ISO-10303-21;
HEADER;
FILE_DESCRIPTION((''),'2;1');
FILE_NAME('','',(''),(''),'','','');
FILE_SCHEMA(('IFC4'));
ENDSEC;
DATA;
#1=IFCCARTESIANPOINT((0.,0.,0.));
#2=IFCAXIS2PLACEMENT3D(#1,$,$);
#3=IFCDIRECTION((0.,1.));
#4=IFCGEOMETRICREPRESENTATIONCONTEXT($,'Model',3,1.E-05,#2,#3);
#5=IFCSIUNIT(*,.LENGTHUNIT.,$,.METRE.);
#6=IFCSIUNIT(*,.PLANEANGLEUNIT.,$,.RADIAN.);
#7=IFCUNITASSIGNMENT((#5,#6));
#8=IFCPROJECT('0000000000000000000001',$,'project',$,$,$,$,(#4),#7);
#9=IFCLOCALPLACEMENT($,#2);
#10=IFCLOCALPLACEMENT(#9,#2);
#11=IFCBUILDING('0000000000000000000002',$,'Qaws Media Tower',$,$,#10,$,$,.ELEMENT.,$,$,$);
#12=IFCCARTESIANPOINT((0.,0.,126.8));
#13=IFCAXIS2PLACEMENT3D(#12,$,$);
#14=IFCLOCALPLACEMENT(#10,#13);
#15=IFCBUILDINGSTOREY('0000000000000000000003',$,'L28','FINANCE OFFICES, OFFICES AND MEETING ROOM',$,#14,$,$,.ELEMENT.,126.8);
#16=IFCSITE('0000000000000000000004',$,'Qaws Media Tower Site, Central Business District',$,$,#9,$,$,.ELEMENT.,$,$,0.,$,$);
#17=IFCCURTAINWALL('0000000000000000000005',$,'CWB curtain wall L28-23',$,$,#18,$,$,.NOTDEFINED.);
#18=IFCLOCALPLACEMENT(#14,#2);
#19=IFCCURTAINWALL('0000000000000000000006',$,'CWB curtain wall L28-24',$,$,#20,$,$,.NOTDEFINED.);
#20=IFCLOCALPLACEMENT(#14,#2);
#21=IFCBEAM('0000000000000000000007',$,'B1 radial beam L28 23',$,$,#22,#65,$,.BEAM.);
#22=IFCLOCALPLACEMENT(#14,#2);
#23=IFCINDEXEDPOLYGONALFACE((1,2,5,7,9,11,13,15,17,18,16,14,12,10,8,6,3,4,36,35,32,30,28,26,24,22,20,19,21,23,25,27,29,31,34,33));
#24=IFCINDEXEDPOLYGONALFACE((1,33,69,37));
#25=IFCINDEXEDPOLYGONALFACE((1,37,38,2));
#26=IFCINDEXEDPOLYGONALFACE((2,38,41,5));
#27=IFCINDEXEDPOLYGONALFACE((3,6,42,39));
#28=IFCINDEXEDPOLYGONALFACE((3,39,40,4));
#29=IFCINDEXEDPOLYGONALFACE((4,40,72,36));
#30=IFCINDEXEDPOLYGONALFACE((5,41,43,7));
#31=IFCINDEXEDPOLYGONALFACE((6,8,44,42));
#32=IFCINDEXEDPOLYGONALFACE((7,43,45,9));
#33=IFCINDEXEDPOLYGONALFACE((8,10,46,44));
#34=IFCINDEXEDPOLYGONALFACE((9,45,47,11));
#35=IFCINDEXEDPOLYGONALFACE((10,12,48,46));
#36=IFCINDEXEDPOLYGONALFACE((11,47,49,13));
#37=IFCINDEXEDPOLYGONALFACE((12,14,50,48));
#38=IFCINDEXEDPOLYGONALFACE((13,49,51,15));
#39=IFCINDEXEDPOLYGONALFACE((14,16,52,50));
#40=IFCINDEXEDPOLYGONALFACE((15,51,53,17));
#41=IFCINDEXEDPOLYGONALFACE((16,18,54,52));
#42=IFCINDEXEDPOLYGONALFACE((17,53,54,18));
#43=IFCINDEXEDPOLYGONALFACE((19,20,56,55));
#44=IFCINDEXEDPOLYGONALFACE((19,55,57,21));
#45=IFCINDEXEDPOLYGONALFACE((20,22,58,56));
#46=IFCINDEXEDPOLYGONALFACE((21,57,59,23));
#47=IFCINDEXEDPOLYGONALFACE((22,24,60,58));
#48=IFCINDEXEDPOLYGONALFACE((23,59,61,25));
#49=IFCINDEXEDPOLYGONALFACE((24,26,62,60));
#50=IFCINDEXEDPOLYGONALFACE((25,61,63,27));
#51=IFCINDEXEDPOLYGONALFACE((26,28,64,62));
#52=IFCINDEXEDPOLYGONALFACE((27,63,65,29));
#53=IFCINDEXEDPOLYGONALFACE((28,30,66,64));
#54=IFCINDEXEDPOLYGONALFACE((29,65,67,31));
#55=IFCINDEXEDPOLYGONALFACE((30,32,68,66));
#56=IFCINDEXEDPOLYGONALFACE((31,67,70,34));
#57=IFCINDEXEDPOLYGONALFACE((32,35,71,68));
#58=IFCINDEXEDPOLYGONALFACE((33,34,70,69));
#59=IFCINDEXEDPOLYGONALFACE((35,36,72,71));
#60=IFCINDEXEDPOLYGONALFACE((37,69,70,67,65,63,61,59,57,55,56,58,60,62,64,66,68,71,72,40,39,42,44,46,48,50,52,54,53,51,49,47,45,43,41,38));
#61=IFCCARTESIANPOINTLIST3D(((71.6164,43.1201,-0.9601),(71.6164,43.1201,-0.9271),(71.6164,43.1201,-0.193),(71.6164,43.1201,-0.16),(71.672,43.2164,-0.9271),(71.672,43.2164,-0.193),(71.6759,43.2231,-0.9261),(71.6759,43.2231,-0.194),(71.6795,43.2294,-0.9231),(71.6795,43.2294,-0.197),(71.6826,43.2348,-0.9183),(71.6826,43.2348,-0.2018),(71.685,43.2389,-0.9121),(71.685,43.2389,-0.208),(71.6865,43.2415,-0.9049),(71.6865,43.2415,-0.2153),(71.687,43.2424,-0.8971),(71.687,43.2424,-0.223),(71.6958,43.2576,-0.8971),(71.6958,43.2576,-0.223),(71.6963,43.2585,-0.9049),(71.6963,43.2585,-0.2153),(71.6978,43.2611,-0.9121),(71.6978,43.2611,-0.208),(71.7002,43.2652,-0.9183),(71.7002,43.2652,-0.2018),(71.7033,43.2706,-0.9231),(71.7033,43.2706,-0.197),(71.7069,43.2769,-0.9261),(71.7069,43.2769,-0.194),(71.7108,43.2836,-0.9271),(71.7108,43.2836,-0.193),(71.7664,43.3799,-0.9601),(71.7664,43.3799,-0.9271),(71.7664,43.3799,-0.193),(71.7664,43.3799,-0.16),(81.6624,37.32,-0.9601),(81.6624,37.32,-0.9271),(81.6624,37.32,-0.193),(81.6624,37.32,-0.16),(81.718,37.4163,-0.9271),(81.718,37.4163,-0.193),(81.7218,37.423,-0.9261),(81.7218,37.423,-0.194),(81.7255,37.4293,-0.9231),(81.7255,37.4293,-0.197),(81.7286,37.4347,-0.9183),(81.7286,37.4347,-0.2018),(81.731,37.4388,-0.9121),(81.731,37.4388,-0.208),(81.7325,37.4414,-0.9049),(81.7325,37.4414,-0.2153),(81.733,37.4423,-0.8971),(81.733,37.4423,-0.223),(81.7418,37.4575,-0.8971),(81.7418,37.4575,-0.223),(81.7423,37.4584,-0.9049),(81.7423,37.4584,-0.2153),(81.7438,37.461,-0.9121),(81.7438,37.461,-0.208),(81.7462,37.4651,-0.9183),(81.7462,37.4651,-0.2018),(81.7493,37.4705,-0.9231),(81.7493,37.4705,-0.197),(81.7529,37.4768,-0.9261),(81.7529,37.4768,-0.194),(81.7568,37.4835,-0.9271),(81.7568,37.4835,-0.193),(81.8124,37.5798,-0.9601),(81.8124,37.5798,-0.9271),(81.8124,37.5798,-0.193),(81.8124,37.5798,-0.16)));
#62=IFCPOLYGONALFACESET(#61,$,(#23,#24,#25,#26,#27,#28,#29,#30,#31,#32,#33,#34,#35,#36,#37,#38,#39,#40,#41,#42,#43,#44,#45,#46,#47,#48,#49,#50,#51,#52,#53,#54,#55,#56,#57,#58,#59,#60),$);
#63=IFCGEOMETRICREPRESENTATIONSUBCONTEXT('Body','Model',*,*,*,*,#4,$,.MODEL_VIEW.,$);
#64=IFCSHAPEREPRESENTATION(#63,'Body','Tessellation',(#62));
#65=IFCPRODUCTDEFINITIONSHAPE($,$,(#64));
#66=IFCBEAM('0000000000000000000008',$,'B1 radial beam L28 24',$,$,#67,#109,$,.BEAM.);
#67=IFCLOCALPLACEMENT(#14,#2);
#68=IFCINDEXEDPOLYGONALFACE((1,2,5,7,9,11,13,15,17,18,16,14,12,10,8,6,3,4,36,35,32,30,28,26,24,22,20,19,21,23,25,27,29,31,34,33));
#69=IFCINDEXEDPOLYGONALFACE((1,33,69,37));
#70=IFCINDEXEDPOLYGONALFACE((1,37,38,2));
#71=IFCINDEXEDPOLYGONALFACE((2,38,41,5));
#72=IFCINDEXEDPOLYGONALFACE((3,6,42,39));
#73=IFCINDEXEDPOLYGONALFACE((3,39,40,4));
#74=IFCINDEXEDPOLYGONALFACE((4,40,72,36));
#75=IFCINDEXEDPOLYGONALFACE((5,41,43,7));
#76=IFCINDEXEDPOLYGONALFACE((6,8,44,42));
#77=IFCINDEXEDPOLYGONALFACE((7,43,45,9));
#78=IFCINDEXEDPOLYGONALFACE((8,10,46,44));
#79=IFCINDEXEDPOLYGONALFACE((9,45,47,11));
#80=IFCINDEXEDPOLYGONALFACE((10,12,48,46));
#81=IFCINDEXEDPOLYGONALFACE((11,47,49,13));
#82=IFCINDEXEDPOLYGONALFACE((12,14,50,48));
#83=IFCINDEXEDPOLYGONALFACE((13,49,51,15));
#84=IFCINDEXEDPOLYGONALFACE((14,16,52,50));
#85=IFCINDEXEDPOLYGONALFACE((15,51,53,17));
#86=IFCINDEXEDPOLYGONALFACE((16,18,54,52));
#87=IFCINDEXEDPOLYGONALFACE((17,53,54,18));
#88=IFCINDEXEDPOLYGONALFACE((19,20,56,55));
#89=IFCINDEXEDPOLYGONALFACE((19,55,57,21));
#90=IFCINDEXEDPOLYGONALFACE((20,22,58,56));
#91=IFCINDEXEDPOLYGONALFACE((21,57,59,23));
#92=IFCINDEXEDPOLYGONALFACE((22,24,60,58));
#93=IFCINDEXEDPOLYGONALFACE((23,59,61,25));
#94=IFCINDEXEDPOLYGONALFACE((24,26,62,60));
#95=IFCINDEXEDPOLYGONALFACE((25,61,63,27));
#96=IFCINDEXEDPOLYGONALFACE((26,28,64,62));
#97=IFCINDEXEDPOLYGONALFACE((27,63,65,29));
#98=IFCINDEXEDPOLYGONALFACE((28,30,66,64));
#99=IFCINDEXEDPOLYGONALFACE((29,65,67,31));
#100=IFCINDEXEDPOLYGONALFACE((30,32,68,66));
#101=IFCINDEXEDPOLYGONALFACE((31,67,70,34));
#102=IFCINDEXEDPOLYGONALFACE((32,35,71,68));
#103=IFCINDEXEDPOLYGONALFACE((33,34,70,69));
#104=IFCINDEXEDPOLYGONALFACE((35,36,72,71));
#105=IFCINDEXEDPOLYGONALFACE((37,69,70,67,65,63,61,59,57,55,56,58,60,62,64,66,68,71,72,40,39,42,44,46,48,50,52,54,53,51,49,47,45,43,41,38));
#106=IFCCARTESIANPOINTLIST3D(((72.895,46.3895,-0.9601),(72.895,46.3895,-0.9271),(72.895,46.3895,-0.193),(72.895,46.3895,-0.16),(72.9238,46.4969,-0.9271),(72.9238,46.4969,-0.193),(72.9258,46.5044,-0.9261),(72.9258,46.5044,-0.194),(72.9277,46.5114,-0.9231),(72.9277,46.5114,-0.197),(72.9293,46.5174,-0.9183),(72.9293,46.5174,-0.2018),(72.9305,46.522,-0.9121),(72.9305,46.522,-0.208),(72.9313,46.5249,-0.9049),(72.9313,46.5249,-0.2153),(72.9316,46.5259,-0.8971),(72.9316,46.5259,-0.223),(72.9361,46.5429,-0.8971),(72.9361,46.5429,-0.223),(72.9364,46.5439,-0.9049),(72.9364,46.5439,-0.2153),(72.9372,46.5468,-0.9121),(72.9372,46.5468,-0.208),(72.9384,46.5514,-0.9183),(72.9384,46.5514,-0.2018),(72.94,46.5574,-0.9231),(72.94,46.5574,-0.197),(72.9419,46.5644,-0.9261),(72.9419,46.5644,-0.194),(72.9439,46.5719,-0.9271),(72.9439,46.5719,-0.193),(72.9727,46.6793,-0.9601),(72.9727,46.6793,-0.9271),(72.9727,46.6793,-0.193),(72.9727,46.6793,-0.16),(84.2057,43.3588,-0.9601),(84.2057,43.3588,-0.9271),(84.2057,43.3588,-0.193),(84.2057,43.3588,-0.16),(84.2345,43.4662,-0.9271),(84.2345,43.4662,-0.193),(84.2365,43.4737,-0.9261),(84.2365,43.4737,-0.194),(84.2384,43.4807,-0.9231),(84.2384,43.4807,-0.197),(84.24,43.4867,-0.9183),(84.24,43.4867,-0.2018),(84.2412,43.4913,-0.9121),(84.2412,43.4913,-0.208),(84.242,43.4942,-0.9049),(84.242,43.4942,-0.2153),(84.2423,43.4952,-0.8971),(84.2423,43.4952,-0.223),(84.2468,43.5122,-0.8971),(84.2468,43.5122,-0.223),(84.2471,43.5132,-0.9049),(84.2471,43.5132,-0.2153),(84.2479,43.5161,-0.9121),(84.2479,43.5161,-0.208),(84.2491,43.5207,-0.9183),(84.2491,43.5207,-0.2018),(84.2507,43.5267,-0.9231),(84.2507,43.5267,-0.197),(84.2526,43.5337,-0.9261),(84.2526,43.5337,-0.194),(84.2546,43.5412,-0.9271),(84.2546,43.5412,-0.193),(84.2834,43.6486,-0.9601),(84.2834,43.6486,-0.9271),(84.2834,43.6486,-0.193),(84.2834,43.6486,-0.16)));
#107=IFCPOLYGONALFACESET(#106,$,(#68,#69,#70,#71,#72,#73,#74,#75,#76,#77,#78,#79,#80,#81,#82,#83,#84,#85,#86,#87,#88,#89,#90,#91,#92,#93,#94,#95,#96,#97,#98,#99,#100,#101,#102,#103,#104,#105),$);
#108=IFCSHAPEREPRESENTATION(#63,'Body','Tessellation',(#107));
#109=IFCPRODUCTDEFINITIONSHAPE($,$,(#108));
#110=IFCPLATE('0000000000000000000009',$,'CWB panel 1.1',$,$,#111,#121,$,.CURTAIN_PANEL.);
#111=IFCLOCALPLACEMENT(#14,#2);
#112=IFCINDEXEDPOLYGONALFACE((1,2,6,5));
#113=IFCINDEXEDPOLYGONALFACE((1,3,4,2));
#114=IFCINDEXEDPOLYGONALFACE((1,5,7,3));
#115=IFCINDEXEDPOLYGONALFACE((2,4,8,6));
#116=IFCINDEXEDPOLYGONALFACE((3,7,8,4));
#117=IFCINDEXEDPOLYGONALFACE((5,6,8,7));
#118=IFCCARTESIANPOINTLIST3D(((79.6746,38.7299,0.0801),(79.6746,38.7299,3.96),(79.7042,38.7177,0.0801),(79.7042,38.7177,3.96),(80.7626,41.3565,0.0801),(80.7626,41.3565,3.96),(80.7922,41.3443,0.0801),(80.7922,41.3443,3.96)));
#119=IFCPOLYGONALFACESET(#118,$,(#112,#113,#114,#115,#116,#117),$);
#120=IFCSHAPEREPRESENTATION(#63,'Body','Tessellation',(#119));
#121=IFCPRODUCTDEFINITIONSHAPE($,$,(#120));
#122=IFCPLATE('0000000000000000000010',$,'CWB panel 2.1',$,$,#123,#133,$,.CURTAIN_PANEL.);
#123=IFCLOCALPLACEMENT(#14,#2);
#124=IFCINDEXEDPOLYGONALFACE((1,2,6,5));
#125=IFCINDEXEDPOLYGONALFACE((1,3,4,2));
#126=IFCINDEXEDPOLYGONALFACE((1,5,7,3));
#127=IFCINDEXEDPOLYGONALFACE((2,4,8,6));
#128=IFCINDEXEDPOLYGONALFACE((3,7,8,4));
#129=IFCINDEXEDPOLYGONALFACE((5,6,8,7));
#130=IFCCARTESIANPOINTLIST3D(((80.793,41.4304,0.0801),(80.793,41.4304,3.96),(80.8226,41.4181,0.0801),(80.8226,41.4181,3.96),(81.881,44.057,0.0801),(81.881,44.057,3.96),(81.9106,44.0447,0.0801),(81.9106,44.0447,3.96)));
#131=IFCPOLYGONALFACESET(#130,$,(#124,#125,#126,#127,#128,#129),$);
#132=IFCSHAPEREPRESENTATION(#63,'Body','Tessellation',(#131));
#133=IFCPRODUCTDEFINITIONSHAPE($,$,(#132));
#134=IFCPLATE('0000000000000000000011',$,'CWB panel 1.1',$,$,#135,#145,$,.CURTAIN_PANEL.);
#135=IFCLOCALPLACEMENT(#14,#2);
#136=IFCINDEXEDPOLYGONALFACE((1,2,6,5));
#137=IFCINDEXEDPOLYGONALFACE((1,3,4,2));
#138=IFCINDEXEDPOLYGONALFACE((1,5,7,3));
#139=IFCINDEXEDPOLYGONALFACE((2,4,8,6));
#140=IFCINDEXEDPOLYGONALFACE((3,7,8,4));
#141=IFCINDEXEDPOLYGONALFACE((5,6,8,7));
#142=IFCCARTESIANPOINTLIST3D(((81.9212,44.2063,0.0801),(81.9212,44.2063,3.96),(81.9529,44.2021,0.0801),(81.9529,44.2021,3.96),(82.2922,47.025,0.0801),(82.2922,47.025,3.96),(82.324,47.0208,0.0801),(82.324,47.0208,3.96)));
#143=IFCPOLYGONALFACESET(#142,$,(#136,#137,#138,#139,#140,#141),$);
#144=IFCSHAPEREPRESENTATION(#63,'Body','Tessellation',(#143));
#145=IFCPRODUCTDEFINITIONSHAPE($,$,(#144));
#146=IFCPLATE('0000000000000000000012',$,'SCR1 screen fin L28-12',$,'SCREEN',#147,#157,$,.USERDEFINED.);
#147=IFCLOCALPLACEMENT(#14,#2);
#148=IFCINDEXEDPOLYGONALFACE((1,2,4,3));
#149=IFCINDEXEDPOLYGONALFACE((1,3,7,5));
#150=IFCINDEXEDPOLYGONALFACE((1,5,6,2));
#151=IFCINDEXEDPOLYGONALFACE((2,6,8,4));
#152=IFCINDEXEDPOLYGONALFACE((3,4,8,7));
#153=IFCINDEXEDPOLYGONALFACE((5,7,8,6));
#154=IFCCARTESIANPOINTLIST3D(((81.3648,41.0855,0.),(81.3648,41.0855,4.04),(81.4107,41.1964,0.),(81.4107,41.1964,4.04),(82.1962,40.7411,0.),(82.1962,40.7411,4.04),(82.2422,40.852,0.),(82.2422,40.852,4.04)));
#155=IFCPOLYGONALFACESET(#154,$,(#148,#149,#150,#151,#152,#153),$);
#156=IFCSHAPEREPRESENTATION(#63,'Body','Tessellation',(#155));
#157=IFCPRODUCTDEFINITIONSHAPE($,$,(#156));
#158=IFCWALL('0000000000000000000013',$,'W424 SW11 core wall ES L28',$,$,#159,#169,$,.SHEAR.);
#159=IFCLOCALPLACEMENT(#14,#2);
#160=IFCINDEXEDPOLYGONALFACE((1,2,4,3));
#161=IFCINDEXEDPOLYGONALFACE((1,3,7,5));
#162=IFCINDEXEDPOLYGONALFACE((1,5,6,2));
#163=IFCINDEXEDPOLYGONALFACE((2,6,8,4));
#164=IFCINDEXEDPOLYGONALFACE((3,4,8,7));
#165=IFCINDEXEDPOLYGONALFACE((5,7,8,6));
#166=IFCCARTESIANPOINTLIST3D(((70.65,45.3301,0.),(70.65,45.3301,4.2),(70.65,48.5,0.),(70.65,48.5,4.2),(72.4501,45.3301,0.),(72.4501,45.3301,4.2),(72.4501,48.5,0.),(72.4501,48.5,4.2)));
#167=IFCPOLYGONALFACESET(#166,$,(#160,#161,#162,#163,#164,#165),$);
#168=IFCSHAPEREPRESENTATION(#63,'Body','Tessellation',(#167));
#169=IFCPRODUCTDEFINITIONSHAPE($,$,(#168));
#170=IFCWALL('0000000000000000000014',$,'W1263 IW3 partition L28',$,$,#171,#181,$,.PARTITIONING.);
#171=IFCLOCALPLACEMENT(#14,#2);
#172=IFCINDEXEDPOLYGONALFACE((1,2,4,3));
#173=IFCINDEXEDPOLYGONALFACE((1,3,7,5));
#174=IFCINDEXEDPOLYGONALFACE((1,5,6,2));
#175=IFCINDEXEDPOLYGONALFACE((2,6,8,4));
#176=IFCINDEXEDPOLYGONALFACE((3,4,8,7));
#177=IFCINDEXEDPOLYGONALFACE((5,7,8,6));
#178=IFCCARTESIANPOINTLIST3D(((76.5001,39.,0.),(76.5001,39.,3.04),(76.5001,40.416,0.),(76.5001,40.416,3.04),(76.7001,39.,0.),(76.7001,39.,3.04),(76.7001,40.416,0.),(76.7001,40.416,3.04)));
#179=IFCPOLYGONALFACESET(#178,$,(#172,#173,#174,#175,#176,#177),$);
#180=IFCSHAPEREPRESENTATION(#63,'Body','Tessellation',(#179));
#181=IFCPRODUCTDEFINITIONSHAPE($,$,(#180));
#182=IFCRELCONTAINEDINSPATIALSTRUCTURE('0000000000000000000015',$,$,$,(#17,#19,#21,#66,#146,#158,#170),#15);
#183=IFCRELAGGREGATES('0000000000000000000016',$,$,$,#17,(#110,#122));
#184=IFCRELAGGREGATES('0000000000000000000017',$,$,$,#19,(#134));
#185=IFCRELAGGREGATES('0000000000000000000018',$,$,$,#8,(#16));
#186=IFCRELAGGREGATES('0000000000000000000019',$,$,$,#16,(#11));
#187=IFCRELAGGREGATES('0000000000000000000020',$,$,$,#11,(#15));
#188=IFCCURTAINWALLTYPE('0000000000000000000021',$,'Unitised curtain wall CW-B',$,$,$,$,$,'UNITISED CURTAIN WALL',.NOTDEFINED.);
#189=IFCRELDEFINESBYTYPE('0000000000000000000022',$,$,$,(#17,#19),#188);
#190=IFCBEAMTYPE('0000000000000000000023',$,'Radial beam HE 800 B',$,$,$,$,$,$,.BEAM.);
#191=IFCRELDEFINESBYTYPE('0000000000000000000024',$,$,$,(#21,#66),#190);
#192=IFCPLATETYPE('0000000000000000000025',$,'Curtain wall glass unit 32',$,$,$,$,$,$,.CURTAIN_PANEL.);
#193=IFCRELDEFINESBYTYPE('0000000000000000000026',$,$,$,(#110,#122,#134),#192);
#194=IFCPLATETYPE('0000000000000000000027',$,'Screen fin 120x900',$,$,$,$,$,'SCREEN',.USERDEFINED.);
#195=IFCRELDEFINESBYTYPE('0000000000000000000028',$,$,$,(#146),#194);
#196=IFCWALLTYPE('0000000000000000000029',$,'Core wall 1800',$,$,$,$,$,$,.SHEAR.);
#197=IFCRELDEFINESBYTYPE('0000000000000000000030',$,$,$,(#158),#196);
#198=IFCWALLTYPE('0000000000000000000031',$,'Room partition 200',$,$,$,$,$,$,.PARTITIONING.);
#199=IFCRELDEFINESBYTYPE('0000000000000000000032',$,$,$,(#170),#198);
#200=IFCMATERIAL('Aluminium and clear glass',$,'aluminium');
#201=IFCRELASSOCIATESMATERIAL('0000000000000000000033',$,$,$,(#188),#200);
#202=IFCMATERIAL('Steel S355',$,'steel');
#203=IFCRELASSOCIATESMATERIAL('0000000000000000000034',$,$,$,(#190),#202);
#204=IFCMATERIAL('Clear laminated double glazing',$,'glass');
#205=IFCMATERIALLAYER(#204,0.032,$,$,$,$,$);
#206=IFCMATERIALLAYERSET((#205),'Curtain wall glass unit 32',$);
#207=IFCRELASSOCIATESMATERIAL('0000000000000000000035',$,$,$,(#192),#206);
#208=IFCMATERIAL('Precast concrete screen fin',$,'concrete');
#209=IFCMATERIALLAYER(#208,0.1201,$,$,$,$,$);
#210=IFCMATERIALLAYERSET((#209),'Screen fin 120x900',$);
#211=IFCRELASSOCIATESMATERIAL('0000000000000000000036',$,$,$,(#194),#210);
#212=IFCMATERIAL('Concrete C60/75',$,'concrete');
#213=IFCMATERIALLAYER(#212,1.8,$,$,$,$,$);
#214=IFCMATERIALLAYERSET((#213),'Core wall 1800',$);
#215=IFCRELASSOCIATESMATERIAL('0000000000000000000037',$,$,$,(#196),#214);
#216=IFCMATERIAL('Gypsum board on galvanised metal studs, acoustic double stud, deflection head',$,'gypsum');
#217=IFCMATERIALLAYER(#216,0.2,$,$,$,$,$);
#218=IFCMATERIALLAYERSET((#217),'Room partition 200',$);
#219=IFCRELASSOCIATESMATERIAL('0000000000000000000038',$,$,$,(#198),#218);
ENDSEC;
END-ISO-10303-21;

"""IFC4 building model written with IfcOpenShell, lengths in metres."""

from ifc_helpers import new_model, si_unit, direction, frame, frame_2d, origin, origin_2d, place, context, subcontext, project, spatial, rectangle, i_section, extrude, material, layer, layer_set, material_profile, profile_set, type_object, element, aggregate, save


model = new_model("IFC4")

# Units and contexts
model_context = context("Model", 3, precision=1e-05, world=origin(), true_north=direction((0.0, 1.0)))
body_context = subcontext(model_context, "Body", "Model", "MODEL_VIEW")
ifc_project = project(units=[si_unit("LENGTHUNIT", "METRE"), si_unit("PLANEANGLEUNIT", "RADIAN")], contexts=[model_context])

# Site, building, storey
site_placement = place(None, origin())
site = spatial("IfcSite", under=ifc_project, at=site_placement, Name="Qaws Media Tower Site, Central Business District", CompositionType="ELEMENT", RefElevation=0.0)
building_placement = place(site_placement, origin())
building = spatial("IfcBuilding", under=site, at=building_placement, Name="Qaws Media Tower", CompositionType="ELEMENT")
storey_placement = place(building_placement, frame((0.0, 0.0, 126.8)))
storey = spatial("IfcBuildingStorey", under=building, at=storey_placement, Name="L28", Description="FINANCE OFFICES, OFFICES AND MEETING ROOM", CompositionType="ELEMENT", Elevation=126.8)

# Curtain walls
ifc_material_1 = material(Name="Aluminium and clear glass", Category="aluminium")
curtain_wall_type = type_object("IfcCurtainWallType", Name="Unitised curtain wall CW-B", ElementType="UNITISED CURTAIN WALL", PredefinedType="NOTDEFINED", material=ifc_material_1)
curtain_wall_1_placement = place(storey_placement, origin())
curtain_wall_1 = element("IfcCurtainWall", 1, at=curtain_wall_1_placement, inside=storey, type_object=curtain_wall_type, Name="CWB curtain wall L28-23", PredefinedType="NOTDEFINED")
curtain_wall_2_placement = place(storey_placement, origin())
curtain_wall_2 = element("IfcCurtainWall", 2, at=curtain_wall_2_placement, inside=storey, type_object=curtain_wall_type, Name="CWB curtain wall L28-24", PredefinedType="NOTDEFINED")

# Beams
ifc_material_2 = material(Name="Steel S355", Category="steel")
ifc_material_profile_1 = material_profile(ifc_material_2, i_section(OverallWidth=0.3, OverallDepth=0.8, WebThickness=0.0176, FlangeThickness=0.033, FilletRadius=0.03, at=origin_2d()), Name="HE 800 B")
ifc_profile_set_1 = profile_set([ifc_material_profile_1], Name="Steel S355")
beam_type_1 = type_object("IfcBeamType", Name="Radial beam HE 800 B", PredefinedType="BEAM", material=ifc_profile_set_1)
beam_1_placement = place(storey_placement, frame((71.6914, 43.25, -0.5601), z_axis=(0.866024, -0.500003, 0.0), x_axis=(0.500003, 0.866024, 0.0)))
element("IfcBeam", 3, at=beam_1_placement, inside=storey, type_object=beam_type_1, Name="B1 radial beam L28 23", PredefinedType="BEAM", context=body_context, shape_type="SweptSolid", body=[
    extrude(i_section(OverallWidth=0.3, OverallDepth=0.8, WebThickness=0.0176, FlangeThickness=0.033, FilletRadius=0.03, at=origin_2d()), origin(), (0.0, 0.0, 1.0), 11.6001),
])
beam_2_placement = place(storey_placement, frame((72.9338, 46.5344, -0.5601), z_axis=(0.965925, -0.258823, 0.0), x_axis=(0.258823, 0.965925, 0.0)))
element("IfcBeam", 4, at=beam_2_placement, inside=storey, type_object=beam_type_1, Name="B1 radial beam L28 24", PredefinedType="BEAM", context=body_context, shape_type="SweptSolid", body=[
    extrude(i_section(OverallWidth=0.3, OverallDepth=0.8, WebThickness=0.0176, FlangeThickness=0.033, FilletRadius=0.03, at=origin_2d()), origin(), (0.0, 0.0, 1.0), 11.7097),
])

# Plates
ifc_material_3 = material(Name="Clear laminated double glazing", Category="glass")
ifc_layer_1 = layer(ifc_material_3, 0.032)
ifc_layer_set_1 = layer_set([ifc_layer_1], Name="Curtain wall glass unit 32")
plate_type_1 = type_object("IfcPlateType", Name="Curtain wall glass unit 32", PredefinedType="CURTAIN_PANEL", material=ifc_layer_set_1)
plate_1_placement = place(storey_placement, frame((80.2334, 40.0371, 0.0801), z_axis=(0.0, 0.0, 1.0), x_axis=(0.382683, 0.92388, 0.0)))
plate_1 = element("IfcPlate", 5, at=plate_1_placement, type_object=plate_type_1, Name="CWB panel 1.1", PredefinedType="CURTAIN_PANEL", context=body_context, shape_type="SweptSolid", body=[
    extrude(rectangle(XDim=2.843, YDim=0.032, at=origin_2d()), origin(), (0.0, 0.0, 1.0), 3.8799),
])
plate_2_placement = place(storey_placement, frame((81.3518, 42.7375, 0.0801), z_axis=(0.0, 0.0, 1.0), x_axis=(0.382683, 0.92388, 0.0)))
plate_2 = element("IfcPlate", 6, at=plate_2_placement, type_object=plate_type_1, Name="CWB panel 2.1", PredefinedType="CURTAIN_PANEL", context=body_context, shape_type="SweptSolid", body=[
    extrude(rectangle(XDim=2.843, YDim=0.032, at=origin_2d()), origin(), (0.0, 0.0, 1.0), 3.8799),
])
aggregate(curtain_wall_1, [plate_1, plate_2])
plate_3_placement = place(storey_placement, frame((82.1226, 45.6135, 0.0801), z_axis=(0.0, 0.0, 1.0), x_axis=(0.130526, 0.991445, 0.0)))
plate_3 = element("IfcPlate", 7, at=plate_3_placement, type_object=plate_type_1, Name="CWB panel 1.1", PredefinedType="CURTAIN_PANEL", context=body_context, shape_type="SweptSolid", body=[
    extrude(rectangle(XDim=2.843, YDim=0.032, at=origin_2d()), origin(), (0.0, 0.0, 1.0), 3.8799),
])
aggregate(curtain_wall_2, [plate_3])
ifc_material_4 = material(Name="Precast concrete screen fin", Category="concrete")
ifc_layer_2 = layer(ifc_material_4, 0.1201)
ifc_layer_set_2 = layer_set([ifc_layer_2], Name="Screen fin 120x900")
plate_type_2 = type_object("IfcPlateType", Name="Screen fin 120x900", ElementType="SCREEN", PredefinedType="USERDEFINED", material=ifc_layer_set_2)
plate_4_placement = place(storey_placement, frame((81.8035, 40.9688, 0.0), z_axis=(0.0, 0.0, 1.0), x_axis=(0.92388, -0.382683, 0.0)))
element("IfcPlate", 8, at=plate_4_placement, inside=storey, type_object=plate_type_2, Name="SCR1 screen fin L28-12", ObjectType="SCREEN", PredefinedType="USERDEFINED", context=body_context, shape_type="SweptSolid", body=[
    extrude(rectangle(XDim=0.8999, YDim=0.1201, at=origin_2d()), origin(), (0.0, 0.0, 1.0), 4.04),
])

# Walls
ifc_material_5 = material(Name="Concrete C60/75", Category="concrete")
ifc_layer_3 = layer(ifc_material_5, 1.8)
ifc_layer_set_3 = layer_set([ifc_layer_3], Name="Core wall 1800")
wall_type_1 = type_object("IfcWallType", Name="Core wall 1800", PredefinedType="SHEAR", material=ifc_layer_set_3)
wall_1_placement = place(storey_placement, frame((71.55, 45.3301, 0.0), z_axis=(0.0, 0.0, 1.0), x_axis=(0.0, 1.0, 0.0)))
element("IfcWall", 9, at=wall_1_placement, inside=storey, type_object=wall_type_1, Name="W424 SW11 core wall ES L28", PredefinedType="SHEAR", context=body_context, shape_type="SweptSolid", body=[
    extrude(rectangle(XDim=3.1699, YDim=1.8, at=frame_2d((1.585, 0.0))), origin(), (0.0, 0.0, 1.0), 4.2),
])
ifc_material_6 = material(Name="Gypsum board on galvanised metal studs, acoustic double stud, deflection head", Category="gypsum")
ifc_layer_4 = layer(ifc_material_6, 0.2)
ifc_layer_set_4 = layer_set([ifc_layer_4], Name="Room partition 200")
wall_type_2 = type_object("IfcWallType", Name="Room partition 200", PredefinedType="PARTITIONING", material=ifc_layer_set_4)
wall_2_placement = place(storey_placement, frame((76.6001, 40.416, 0.0), z_axis=(0.0, 0.0, 1.0), x_axis=(0.0, -1.0, 0.0)))
element("IfcWall", 10, at=wall_2_placement, inside=storey, type_object=wall_type_2, Name="W1263 IW3 partition L28", PredefinedType="PARTITIONING", context=body_context, shape_type="SweptSolid", body=[
    extrude(rectangle(XDim=1.416, YDim=0.2, at=frame_2d((0.708, 0.0))), origin(), (0.0, 0.0, 1.0), 3.04),
])

save(model, "model.ifc")
